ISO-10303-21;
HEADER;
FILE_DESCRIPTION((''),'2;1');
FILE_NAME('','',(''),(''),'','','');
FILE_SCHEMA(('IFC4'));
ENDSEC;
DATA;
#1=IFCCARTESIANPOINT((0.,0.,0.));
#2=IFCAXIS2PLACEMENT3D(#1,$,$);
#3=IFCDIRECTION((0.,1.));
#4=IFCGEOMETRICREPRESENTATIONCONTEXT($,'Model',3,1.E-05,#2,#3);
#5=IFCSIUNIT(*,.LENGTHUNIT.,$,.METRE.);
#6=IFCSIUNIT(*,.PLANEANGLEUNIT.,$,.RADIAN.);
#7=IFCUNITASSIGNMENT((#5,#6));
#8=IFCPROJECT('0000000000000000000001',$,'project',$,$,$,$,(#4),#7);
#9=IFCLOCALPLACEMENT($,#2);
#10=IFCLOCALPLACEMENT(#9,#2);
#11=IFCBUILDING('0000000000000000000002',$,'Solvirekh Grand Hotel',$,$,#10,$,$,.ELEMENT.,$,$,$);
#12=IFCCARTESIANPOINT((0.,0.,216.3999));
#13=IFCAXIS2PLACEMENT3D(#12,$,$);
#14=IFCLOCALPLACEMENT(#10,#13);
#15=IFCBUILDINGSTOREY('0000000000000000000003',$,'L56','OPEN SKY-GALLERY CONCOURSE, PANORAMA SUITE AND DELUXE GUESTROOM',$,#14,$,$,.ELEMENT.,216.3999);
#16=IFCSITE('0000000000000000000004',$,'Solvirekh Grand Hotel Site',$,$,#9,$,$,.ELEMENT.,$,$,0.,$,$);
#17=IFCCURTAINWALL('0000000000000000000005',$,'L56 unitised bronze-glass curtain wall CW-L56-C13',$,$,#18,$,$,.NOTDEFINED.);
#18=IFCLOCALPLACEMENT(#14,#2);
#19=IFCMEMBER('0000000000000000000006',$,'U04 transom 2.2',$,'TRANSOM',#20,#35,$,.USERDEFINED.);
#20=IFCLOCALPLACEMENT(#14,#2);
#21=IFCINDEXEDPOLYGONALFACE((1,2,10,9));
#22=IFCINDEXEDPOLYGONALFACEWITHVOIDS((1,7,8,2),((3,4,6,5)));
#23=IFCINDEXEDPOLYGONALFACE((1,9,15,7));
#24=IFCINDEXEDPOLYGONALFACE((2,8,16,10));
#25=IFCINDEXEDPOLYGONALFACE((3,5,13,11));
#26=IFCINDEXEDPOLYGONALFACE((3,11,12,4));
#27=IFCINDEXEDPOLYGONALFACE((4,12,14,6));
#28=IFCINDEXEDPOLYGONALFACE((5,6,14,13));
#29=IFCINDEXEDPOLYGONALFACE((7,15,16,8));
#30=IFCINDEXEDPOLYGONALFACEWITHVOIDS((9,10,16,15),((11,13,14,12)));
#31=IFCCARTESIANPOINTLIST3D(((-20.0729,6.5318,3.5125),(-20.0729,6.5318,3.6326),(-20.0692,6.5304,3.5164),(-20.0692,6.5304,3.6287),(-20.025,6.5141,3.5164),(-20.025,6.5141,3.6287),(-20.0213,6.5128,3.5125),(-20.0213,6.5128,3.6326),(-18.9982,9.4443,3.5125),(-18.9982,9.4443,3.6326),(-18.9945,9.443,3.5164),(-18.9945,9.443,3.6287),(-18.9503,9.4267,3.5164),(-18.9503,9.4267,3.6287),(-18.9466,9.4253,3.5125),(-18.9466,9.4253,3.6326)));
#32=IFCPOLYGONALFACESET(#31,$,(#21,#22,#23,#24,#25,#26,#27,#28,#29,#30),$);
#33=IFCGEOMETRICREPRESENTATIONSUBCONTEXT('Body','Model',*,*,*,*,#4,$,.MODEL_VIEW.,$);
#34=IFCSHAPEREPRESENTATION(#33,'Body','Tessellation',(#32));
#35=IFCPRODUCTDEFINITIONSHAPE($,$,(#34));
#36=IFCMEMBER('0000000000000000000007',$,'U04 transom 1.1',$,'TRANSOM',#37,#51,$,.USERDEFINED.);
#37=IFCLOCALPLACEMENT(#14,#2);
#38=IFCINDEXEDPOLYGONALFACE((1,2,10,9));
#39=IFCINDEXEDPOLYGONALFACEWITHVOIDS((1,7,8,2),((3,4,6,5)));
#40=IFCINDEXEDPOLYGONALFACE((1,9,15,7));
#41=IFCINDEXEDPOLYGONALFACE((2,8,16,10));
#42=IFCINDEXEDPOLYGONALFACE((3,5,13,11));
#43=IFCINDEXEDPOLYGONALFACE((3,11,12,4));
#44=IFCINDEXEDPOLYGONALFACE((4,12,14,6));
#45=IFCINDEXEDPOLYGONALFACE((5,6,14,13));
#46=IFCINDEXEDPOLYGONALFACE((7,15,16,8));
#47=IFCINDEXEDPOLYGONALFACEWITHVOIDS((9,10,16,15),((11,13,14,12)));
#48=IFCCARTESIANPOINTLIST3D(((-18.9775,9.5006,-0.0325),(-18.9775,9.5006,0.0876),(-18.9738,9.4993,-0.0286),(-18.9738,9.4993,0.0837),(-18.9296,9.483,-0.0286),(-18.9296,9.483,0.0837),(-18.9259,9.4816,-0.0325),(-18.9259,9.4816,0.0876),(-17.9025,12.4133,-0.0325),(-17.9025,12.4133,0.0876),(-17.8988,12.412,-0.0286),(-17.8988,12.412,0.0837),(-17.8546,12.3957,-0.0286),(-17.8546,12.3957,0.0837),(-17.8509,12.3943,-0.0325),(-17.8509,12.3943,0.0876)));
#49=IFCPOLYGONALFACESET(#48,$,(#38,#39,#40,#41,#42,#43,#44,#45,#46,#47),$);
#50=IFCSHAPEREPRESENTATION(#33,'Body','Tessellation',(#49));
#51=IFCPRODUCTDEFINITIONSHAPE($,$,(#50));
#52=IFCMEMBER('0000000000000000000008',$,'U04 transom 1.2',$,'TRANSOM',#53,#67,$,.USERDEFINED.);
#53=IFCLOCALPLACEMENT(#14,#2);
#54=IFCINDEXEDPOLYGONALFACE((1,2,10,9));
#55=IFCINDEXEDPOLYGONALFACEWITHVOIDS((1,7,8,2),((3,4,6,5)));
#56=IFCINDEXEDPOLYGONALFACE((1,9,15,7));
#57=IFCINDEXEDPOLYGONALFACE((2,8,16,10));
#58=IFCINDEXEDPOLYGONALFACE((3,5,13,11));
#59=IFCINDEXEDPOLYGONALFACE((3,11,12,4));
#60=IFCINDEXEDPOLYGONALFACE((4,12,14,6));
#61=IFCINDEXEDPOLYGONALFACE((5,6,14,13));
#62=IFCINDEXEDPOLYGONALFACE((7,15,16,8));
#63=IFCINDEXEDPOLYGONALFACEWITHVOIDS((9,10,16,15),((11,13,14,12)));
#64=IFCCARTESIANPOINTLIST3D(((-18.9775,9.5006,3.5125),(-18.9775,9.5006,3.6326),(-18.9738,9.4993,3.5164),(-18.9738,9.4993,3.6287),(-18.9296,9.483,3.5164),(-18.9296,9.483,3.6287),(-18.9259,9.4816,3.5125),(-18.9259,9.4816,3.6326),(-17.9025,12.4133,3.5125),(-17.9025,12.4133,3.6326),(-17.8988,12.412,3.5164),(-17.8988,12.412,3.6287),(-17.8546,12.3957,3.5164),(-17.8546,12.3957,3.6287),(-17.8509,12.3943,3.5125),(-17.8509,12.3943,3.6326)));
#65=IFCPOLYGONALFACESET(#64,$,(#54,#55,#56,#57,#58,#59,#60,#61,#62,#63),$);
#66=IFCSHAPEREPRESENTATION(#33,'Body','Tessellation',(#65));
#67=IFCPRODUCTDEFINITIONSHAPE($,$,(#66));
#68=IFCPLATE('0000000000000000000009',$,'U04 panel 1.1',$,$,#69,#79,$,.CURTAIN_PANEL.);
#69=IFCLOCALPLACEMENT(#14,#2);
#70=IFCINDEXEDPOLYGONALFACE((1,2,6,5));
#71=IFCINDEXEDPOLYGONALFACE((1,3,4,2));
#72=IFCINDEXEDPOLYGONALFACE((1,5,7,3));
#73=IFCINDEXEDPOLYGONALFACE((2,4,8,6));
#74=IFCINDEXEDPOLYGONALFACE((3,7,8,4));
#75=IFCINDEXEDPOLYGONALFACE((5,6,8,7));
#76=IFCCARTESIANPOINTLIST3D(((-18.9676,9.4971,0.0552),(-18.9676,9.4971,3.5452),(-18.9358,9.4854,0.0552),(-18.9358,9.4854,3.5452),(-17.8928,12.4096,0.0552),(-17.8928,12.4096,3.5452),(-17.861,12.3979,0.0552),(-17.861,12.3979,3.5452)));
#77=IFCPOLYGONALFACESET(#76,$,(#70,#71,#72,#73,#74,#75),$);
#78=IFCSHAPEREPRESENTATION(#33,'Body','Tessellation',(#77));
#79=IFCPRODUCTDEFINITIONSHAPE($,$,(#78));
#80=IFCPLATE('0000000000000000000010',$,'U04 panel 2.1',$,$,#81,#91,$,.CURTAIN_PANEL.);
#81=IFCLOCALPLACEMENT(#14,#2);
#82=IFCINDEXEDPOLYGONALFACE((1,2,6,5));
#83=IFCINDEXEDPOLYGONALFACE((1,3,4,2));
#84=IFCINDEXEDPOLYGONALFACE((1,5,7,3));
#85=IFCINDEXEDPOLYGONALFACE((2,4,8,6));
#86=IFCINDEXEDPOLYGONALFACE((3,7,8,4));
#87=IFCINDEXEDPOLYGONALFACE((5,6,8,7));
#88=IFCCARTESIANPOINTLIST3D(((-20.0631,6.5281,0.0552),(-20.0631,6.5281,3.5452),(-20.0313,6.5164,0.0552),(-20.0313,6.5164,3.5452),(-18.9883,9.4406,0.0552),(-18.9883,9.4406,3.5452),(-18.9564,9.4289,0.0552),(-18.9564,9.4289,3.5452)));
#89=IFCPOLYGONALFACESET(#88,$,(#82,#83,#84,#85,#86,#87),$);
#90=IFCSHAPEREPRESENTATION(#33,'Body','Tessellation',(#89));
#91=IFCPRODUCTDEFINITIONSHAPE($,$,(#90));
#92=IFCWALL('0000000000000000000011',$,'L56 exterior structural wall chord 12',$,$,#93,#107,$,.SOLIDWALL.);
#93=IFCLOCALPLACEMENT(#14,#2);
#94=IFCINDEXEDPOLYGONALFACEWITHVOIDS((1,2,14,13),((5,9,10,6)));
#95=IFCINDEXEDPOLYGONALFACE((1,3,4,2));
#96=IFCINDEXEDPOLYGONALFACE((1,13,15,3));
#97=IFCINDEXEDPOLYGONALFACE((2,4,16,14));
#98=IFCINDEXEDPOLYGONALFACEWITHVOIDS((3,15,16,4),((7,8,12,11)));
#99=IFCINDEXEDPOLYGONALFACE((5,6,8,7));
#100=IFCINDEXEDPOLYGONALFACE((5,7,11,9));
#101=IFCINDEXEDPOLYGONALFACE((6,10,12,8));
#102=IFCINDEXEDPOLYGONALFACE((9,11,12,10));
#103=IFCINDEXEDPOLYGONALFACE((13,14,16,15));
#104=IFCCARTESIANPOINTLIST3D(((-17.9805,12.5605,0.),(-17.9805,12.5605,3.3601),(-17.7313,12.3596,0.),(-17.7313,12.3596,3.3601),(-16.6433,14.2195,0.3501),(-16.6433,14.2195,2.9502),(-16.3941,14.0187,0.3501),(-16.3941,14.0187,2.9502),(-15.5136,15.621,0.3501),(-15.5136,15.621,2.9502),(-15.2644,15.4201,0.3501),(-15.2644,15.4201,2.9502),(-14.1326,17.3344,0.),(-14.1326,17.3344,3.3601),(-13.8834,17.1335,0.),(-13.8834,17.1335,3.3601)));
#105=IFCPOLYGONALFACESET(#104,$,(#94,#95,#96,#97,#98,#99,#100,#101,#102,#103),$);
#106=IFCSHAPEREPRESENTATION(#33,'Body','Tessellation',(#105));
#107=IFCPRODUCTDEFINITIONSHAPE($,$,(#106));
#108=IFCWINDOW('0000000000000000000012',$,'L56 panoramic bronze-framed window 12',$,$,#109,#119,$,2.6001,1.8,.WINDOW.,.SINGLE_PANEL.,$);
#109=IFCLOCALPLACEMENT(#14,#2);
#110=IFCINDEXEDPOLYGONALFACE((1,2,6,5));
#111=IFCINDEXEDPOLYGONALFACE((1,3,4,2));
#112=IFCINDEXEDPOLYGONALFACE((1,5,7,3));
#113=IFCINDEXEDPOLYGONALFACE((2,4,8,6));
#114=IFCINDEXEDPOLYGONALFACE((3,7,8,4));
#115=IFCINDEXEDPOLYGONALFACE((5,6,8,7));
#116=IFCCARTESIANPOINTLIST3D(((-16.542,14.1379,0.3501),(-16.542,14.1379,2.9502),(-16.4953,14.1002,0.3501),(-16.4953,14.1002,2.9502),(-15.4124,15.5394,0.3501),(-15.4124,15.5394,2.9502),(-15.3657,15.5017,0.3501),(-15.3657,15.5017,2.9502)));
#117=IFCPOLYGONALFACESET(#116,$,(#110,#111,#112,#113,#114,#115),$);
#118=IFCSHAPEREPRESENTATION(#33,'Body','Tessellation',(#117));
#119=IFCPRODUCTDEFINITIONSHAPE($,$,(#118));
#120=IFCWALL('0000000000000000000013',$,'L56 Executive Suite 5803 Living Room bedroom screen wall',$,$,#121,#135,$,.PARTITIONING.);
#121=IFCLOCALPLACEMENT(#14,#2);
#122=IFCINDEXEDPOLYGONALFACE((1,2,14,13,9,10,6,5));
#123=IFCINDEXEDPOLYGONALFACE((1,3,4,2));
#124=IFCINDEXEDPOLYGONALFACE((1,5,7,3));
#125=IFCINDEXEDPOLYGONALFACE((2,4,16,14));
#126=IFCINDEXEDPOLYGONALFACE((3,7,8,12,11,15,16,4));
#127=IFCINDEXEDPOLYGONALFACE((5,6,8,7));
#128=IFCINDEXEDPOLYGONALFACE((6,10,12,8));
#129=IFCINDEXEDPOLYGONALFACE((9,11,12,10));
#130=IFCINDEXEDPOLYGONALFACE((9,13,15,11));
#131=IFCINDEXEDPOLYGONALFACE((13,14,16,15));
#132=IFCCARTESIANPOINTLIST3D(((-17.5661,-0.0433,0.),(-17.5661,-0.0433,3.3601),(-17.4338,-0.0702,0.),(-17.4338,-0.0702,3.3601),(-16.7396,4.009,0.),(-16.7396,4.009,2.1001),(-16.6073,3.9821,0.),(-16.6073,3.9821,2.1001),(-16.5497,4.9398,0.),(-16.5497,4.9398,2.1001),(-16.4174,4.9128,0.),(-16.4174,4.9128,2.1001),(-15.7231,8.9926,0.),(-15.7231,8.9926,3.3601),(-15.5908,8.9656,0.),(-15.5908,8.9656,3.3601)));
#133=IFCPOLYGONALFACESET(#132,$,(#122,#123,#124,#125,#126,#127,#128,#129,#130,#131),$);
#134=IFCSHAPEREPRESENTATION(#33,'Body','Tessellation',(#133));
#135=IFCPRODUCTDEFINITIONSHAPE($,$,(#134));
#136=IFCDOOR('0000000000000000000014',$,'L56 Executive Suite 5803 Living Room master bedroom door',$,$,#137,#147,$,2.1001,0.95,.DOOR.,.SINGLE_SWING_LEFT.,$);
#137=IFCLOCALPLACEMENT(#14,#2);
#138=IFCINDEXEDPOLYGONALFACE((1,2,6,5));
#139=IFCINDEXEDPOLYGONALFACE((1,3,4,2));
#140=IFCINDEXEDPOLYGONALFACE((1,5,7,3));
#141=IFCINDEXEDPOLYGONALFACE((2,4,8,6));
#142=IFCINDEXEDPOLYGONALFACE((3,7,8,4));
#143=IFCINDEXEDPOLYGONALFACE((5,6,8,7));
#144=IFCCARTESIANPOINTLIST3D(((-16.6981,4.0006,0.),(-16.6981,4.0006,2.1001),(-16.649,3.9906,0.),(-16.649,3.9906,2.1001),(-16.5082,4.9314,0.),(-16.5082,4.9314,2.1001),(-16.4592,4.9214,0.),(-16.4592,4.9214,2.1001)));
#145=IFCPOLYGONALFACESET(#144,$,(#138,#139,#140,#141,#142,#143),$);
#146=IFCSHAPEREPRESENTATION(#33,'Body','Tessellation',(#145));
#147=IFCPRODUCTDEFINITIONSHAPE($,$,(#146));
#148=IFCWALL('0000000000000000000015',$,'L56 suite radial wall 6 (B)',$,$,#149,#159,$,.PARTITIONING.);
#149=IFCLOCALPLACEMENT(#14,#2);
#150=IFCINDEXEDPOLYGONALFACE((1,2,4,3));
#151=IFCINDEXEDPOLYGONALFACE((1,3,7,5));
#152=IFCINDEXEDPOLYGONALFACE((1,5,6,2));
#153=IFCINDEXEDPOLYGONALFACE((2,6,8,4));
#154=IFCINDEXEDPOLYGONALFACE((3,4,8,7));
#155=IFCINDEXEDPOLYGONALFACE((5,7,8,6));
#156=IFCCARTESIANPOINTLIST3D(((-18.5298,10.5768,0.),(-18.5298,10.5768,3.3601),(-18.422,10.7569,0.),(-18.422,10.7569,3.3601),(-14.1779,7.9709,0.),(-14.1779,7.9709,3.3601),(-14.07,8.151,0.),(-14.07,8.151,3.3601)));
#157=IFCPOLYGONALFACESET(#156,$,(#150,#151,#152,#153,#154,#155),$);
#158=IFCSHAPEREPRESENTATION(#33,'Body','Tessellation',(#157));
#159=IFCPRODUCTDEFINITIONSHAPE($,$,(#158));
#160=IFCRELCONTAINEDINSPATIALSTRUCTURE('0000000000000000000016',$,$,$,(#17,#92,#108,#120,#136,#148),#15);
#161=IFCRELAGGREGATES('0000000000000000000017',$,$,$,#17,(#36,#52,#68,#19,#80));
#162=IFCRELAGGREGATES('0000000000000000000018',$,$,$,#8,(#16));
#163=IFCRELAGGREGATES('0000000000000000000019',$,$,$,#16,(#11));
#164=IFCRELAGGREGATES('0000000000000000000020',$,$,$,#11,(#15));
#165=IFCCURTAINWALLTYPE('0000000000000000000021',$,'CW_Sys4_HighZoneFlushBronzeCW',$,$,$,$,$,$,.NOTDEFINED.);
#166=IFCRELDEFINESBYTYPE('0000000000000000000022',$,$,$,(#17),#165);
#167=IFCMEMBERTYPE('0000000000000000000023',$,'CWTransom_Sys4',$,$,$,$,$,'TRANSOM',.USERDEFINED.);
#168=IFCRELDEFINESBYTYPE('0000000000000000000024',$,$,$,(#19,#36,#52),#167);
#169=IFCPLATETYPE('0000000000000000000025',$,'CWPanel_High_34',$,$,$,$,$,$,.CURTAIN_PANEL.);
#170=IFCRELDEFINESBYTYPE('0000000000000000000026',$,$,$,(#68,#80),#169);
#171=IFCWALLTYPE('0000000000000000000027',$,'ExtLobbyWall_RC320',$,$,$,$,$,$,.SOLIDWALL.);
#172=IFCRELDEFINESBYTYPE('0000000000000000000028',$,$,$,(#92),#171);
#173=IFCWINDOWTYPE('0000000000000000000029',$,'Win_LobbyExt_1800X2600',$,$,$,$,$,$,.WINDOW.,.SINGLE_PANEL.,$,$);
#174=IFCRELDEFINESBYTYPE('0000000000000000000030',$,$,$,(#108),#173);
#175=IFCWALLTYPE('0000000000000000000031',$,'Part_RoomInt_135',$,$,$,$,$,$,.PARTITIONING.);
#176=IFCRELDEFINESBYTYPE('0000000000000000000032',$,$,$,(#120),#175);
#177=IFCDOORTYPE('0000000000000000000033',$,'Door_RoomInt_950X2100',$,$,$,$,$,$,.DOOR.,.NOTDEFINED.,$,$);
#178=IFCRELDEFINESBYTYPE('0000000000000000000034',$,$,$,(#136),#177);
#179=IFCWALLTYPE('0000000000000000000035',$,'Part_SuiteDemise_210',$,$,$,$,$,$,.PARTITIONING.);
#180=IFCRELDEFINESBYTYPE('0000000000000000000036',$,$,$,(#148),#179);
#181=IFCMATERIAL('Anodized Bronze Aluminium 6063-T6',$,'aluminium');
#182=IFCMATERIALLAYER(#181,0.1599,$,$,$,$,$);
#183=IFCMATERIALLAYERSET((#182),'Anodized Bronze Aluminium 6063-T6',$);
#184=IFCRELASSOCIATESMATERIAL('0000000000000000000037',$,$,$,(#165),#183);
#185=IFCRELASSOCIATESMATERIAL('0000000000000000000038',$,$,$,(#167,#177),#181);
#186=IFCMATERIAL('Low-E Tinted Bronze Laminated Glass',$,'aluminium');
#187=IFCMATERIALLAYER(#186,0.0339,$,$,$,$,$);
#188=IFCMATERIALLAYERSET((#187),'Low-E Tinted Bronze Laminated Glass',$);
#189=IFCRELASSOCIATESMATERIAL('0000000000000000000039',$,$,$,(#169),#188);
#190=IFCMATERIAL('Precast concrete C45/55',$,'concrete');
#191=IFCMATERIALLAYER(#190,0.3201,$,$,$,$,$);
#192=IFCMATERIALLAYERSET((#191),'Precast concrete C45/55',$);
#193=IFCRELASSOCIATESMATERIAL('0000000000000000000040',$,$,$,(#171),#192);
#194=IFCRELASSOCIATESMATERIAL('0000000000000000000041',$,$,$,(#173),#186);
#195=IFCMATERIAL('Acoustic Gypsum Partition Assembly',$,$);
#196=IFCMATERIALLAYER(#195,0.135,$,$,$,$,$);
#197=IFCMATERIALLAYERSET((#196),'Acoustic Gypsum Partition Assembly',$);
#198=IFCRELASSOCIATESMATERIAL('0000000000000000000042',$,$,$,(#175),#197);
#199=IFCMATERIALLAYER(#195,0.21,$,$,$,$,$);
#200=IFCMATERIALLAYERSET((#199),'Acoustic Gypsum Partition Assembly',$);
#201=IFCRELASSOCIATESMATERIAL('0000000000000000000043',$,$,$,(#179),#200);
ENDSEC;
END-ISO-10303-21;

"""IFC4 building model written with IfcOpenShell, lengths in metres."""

from ifc_helpers import new_model, si_unit, direction, frame, frame_2d, origin, origin_2d, place, context, subcontext, project, spatial, rectangle, hollow_rectangle, extrude, source, transform, mapped, material, layer, layer_set, material_profile, profile_set, type_object, element, fill, aggregate, save


model = new_model("IFC4")

# Units and contexts
model_context = context("Model", 3, precision=1e-05, world=origin(), true_north=direction((0.0, 1.0)))
body_context = subcontext(model_context, "Body", "Model", "MODEL_VIEW")
ifc_project = project(units=[si_unit("LENGTHUNIT", "METRE"), si_unit("PLANEANGLEUNIT", "RADIAN")], contexts=[model_context])

# Site, building, storey
site_placement = place(None, origin())
site = spatial("IfcSite", under=ifc_project, at=site_placement, Name="Solvirekh Grand Hotel Site", CompositionType="ELEMENT", RefElevation=0.0)
building_placement = place(site_placement, origin())
building = spatial("IfcBuilding", under=site, at=building_placement, Name="Solvirekh Grand Hotel", CompositionType="ELEMENT")
storey_placement = place(building_placement, frame((0.0, 0.0, 216.3999)))
storey = spatial("IfcBuildingStorey", under=building, at=storey_placement, Name="L56", Description="OPEN SKY-GALLERY CONCOURSE, PANORAMA SUITE AND DELUXE GUESTROOM", CompositionType="ELEMENT", Elevation=216.3999)

# Shared definitions
ifc_material_1 = material(Name="Anodized Bronze Aluminium 6063-T6", Category="aluminium")
ifc_layer_1 = layer(ifc_material_1, 0.1599)
ifc_layer_set_1 = layer_set([ifc_layer_1], Name="Anodized Bronze Aluminium 6063-T6")
curtain_wall_type = type_object("IfcCurtainWallType", Name="CW_Sys4_HighZoneFlushBronzeCW", PredefinedType="NOTDEFINED", material=ifc_layer_set_1)

# Curtain wall, members, plates
curtain_wall_1_placement = place(storey_placement, origin())
curtain_wall_1 = element("IfcCurtainWall", 1, at=curtain_wall_1_placement, inside=storey, type_object=curtain_wall_type, Name="L56 unitised bronze-glass curtain wall CW-L56-C13", PredefinedType="NOTDEFINED")
ifc_material_profile_1 = material_profile(ifc_material_1, hollow_rectangle(XDim=0.0549, YDim=0.1201, WallThickness=0.0039, at=origin_2d()), Name="ALU RHS 120X55X4")
ifc_profile_set_1 = profile_set([ifc_material_profile_1], Name="Anodized Bronze Aluminium 6063-T6")
member_type_1 = type_object("IfcMemberType", Name="CWTransom_Sys4", ElementType="TRANSOM", PredefinedType="USERDEFINED", material=ifc_profile_set_1)
shared_shape_1 = source(origin(), body_context, "Body", "SweptSolid", [
    extrude(hollow_rectangle(XDim=0.0549, YDim=0.1201, WallThickness=0.0039, at=origin_2d()), origin(), (0.0, 0.0, 1.0), 3.1045),
])
member_1_placement = place(storey_placement, frame((-18.9724, 9.4348, 3.5725), z_axis=(-0.346172, -0.938171, 0.0), x_axis=(0.938171, -0.346172, 0.0)))
member_1 = element("IfcMember", 2, at=member_1_placement, type_object=member_type_1, Name="U04 transom 2.2", ObjectType="TRANSOM", PredefinedType="USERDEFINED", context=body_context, shape_type="MappedRepresentation", body=[
    mapped(shared_shape_1, transform((0.0, 0.0, 0.0), x_axis=(1.0, 0.0, 0.0), y_axis=(0.0, 1.0, 0.0), z_axis=(0.0, 0.0, 1.0), scale=1.0)),
])
shared_shape_2 = source(origin(), body_context, "Body", "SweptSolid", [
    extrude(hollow_rectangle(XDim=0.0549, YDim=0.1201, WallThickness=0.0039, at=origin_2d()), origin(), (0.0, 0.0, 1.0), 3.1047),
])
member_2_placement = place(storey_placement, frame((-17.8767, 12.4038, 0.0276), z_axis=(-0.346241, -0.938146, 0.0), x_axis=(0.938146, -0.346241, 0.0)))
member_2 = element("IfcMember", 3, at=member_2_placement, type_object=member_type_1, Name="U04 transom 1.1", ObjectType="TRANSOM", PredefinedType="USERDEFINED", context=body_context, shape_type="MappedRepresentation", body=[
    mapped(shared_shape_2, transform((0.0, 0.0, 0.0), x_axis=(1.0, 0.0, 0.0), y_axis=(0.0, 1.0, 0.0), z_axis=(0.0, 0.0, 1.0), scale=1.0)),
])
member_3_placement = place(storey_placement, frame((-17.8767, 12.4038, 3.5725), z_axis=(-0.346241, -0.938146, 0.0), x_axis=(0.938146, -0.346241, 0.0)))
member_3 = element("IfcMember", 4, at=member_3_placement, type_object=member_type_1, Name="U04 transom 1.2", ObjectType="TRANSOM", PredefinedType="USERDEFINED", context=body_context, shape_type="MappedRepresentation", body=[
    mapped(shared_shape_2, transform((0.0, 0.0, 0.0), x_axis=(1.0, 0.0, 0.0), y_axis=(0.0, 1.0, 0.0), z_axis=(0.0, 0.0, 1.0), scale=1.0)),
])
ifc_material_2 = material(Name="Low-E Tinted Bronze Laminated Glass", Category="aluminium")
ifc_layer_2 = layer(ifc_material_2, 0.0339)
ifc_layer_set_2 = layer_set([ifc_layer_2], Name="Low-E Tinted Bronze Laminated Glass")
plate_type = type_object("IfcPlateType", Name="CWPanel_High_34", PredefinedType="CURTAIN_PANEL", material=ifc_layer_set_2)
shared_shape_3 = source(origin(), body_context, "Body", "SweptSolid", [
    extrude(rectangle(XDim=3.1045, YDim=0.0339, at=origin_2d()), origin(), (0.0, 0.0, 1.0), 3.49),
])
plate_1_placement = place(storey_placement, frame((-18.4143, 10.9475, 0.0552), z_axis=(0.0, 0.0, 1.0), x_axis=(-0.346213, -0.938156, 0.0)))
plate_1 = element("IfcPlate", 5, at=plate_1_placement, type_object=plate_type, Name="U04 panel 1.1", PredefinedType="CURTAIN_PANEL", context=body_context, shape_type="MappedRepresentation", body=[
    mapped(shared_shape_3, transform((0.0, 0.0, 0.0), x_axis=(1.0, 0.0, 0.0), y_axis=(0.0, 1.0, 0.0), z_axis=(0.0, 0.0, 1.0), scale=1.0)),
])
plate_2_placement = place(storey_placement, frame((-19.5098, 7.9785, 0.0552), z_axis=(0.0, 0.0, 1.0), x_axis=(-0.346213, -0.938156, 0.0)))
plate_2 = element("IfcPlate", 6, at=plate_2_placement, type_object=plate_type, Name="U04 panel 2.1", PredefinedType="CURTAIN_PANEL", context=body_context, shape_type="MappedRepresentation", body=[
    mapped(shared_shape_3, transform((0.0, 0.0, 0.0), x_axis=(1.0, 0.0, 0.0), y_axis=(0.0, 1.0, 0.0), z_axis=(0.0, 0.0, 1.0), scale=1.0)),
])
aggregate(curtain_wall_1, [member_2, member_3, plate_1, member_1, plate_2])

# Wall, opening, window
ifc_material_3 = material(Name="Precast concrete C45/55", Category="concrete")
ifc_layer_3 = layer(ifc_material_3, 0.3201)
ifc_layer_set_3 = layer_set([ifc_layer_3], Name="Precast concrete C45/55")
wall_type_1 = type_object("IfcWallType", Name="ExtLobbyWall_RC320", PredefinedType="SOLIDWALL", material=ifc_layer_set_3)
wall_1_placement = place(storey_placement, frame((-17.856, 12.46, 0.0), z_axis=(0.0, 0.0, 1.0), x_axis=(0.627551, 0.778576, 0.0)))
wall_1 = element("IfcWall", 7, at=wall_1_placement, inside=storey, type_object=wall_type_1, Name="L56 exterior structural wall chord 12", PredefinedType="SOLIDWALL", context=body_context, shape_type="SweptSolid", body=[
    extrude(rectangle(XDim=6.1316, YDim=0.3201, at=frame_2d((3.0659, 0.0))), origin(), (0.0, 0.0, 1.0), 3.3601),
])
opening_1_placement = place(wall_1_placement, frame((2.1311, 0.0, 0.3501)))
opening_1 = element("IfcOpeningElement", 8, at=opening_1_placement, cuts=wall_1, PredefinedType="OPENING", context=body_context, shape_type="SweptSolid", body=[
    extrude(rectangle(XDim=1.8, YDim=2.6001, at=frame_2d((0.8999, 1.3))), frame((0.0, 0.1699, 0.0), z_axis=(0.0, -1.0, 0.0), x_axis=(1.0, 0.0, 0.0)), (0.0, 0.0, 1.0), 0.3401),
])
window_type = type_object("IfcWindowType", Name="Win_LobbyExt_1800X2600", PartitioningType="SINGLE_PANEL", PredefinedType="WINDOW", material=ifc_material_2)
window_placement = place(opening_1_placement, origin())
window = element("IfcWindow", 9, at=window_placement, inside=storey, type_object=window_type, Name="L56 panoramic bronze-framed window 12", OverallHeight=2.6001, OverallWidth=1.8, PartitioningType="SINGLE_PANEL", PredefinedType="WINDOW", context=body_context, shape_type="SweptSolid", body=[
    extrude(rectangle(XDim=1.8, YDim=2.6001, at=frame_2d((0.8999, 1.3))), frame((0.0, 0.03, 0.0), z_axis=(0.0, -1.0, 0.0), x_axis=(1.0, 0.0, 0.0)), (0.0, 0.0, 1.0), 0.0601),
])
fill(opening_1, window)

# Wall, opening, door
ifc_material_4 = material(Name="Acoustic Gypsum Partition Assembly")
ifc_layer_4 = layer(ifc_material_4, 0.135)
ifc_layer_set_4 = layer_set([ifc_layer_4], Name="Acoustic Gypsum Partition Assembly")
wall_type_2 = type_object("IfcWallType", Name="Part_RoomInt_135", PredefinedType="PARTITIONING", material=ifc_layer_set_4)
wall_2_placement = place(storey_placement, frame((-15.657, 8.979, 0.0), z_axis=(0.0, 0.0, 1.0), x_axis=(-0.199852, -0.979826, 0.0)))
wall_2 = element("IfcWall", 10, at=wall_2_placement, inside=storey, type_object=wall_type_2, Name="L56 Executive Suite 5803 Living Room bedroom screen wall", PredefinedType="PARTITIONING", context=body_context, shape_type="SweptSolid", body=[
    extrude(rectangle(XDim=9.2219, YDim=0.135, at=frame_2d((4.6108, 0.0))), origin(), (0.0, 0.0, 1.0), 3.3601),
])
opening_2_placement = place(wall_2_placement, frame((4.136, 0.0, 0.0)))
opening_2 = element("IfcOpeningElement", 11, at=opening_2_placement, cuts=wall_2, PredefinedType="OPENING", context=body_context, shape_type="SweptSolid", body=[
    extrude(rectangle(XDim=0.95, YDim=2.1001, at=frame_2d((0.4751, 1.05))), frame((0.0, 0.0776, 0.0), z_axis=(0.0, -1.0, 0.0), x_axis=(1.0, 0.0, 0.0)), (0.0, 0.0, 1.0), 0.155),
])
door_type = type_object("IfcDoorType", Name="Door_RoomInt_950X2100", OperationType="NOTDEFINED", PredefinedType="DOOR", material=ifc_material_1)
door_placement = place(opening_2_placement, origin())
door = element("IfcDoor", 12, at=door_placement, inside=storey, type_object=door_type, Name="L56 Executive Suite 5803 Living Room master bedroom door", OperationType="SINGLE_SWING_LEFT", OverallHeight=2.1001, OverallWidth=0.95, PredefinedType="DOOR", context=body_context, shape_type="SweptSolid", body=[
    extrude(rectangle(XDim=0.95, YDim=2.1001, at=frame_2d((0.4751, 1.05))), frame((0.0, 0.0249, 0.0), z_axis=(0.0, -1.0, 0.0), x_axis=(1.0, 0.0, 0.0)), (0.0, 0.0, 1.0), 0.05),
])
fill(opening_2, door)

# Wall
ifc_layer_5 = layer(ifc_material_4, 0.21)
ifc_layer_set_5 = layer_set([ifc_layer_5], Name="Acoustic Gypsum Partition Assembly")
wall_type_3 = type_object("IfcWallType", Name="Part_SuiteDemise_210", PredefinedType="PARTITIONING", material=ifc_layer_set_5)
wall_3_placement = place(storey_placement, frame((-14.124, 8.061, 0.0), z_axis=(0.0, 0.0, 1.0), x_axis=(-0.857951, 0.513731, 0.0)))
element("IfcWall", 13, at=wall_3_placement, inside=storey, type_object=wall_type_3, Name="L56 suite radial wall 6 (B)", PredefinedType="PARTITIONING", context=body_context, shape_type="SweptSolid", body=[
    extrude(rectangle(XDim=5.0725, YDim=0.21, at=frame_2d((2.5361, 0.0))), origin(), (0.0, 0.0, 1.0), 3.3601),
])

save(model, "model.ifc")
